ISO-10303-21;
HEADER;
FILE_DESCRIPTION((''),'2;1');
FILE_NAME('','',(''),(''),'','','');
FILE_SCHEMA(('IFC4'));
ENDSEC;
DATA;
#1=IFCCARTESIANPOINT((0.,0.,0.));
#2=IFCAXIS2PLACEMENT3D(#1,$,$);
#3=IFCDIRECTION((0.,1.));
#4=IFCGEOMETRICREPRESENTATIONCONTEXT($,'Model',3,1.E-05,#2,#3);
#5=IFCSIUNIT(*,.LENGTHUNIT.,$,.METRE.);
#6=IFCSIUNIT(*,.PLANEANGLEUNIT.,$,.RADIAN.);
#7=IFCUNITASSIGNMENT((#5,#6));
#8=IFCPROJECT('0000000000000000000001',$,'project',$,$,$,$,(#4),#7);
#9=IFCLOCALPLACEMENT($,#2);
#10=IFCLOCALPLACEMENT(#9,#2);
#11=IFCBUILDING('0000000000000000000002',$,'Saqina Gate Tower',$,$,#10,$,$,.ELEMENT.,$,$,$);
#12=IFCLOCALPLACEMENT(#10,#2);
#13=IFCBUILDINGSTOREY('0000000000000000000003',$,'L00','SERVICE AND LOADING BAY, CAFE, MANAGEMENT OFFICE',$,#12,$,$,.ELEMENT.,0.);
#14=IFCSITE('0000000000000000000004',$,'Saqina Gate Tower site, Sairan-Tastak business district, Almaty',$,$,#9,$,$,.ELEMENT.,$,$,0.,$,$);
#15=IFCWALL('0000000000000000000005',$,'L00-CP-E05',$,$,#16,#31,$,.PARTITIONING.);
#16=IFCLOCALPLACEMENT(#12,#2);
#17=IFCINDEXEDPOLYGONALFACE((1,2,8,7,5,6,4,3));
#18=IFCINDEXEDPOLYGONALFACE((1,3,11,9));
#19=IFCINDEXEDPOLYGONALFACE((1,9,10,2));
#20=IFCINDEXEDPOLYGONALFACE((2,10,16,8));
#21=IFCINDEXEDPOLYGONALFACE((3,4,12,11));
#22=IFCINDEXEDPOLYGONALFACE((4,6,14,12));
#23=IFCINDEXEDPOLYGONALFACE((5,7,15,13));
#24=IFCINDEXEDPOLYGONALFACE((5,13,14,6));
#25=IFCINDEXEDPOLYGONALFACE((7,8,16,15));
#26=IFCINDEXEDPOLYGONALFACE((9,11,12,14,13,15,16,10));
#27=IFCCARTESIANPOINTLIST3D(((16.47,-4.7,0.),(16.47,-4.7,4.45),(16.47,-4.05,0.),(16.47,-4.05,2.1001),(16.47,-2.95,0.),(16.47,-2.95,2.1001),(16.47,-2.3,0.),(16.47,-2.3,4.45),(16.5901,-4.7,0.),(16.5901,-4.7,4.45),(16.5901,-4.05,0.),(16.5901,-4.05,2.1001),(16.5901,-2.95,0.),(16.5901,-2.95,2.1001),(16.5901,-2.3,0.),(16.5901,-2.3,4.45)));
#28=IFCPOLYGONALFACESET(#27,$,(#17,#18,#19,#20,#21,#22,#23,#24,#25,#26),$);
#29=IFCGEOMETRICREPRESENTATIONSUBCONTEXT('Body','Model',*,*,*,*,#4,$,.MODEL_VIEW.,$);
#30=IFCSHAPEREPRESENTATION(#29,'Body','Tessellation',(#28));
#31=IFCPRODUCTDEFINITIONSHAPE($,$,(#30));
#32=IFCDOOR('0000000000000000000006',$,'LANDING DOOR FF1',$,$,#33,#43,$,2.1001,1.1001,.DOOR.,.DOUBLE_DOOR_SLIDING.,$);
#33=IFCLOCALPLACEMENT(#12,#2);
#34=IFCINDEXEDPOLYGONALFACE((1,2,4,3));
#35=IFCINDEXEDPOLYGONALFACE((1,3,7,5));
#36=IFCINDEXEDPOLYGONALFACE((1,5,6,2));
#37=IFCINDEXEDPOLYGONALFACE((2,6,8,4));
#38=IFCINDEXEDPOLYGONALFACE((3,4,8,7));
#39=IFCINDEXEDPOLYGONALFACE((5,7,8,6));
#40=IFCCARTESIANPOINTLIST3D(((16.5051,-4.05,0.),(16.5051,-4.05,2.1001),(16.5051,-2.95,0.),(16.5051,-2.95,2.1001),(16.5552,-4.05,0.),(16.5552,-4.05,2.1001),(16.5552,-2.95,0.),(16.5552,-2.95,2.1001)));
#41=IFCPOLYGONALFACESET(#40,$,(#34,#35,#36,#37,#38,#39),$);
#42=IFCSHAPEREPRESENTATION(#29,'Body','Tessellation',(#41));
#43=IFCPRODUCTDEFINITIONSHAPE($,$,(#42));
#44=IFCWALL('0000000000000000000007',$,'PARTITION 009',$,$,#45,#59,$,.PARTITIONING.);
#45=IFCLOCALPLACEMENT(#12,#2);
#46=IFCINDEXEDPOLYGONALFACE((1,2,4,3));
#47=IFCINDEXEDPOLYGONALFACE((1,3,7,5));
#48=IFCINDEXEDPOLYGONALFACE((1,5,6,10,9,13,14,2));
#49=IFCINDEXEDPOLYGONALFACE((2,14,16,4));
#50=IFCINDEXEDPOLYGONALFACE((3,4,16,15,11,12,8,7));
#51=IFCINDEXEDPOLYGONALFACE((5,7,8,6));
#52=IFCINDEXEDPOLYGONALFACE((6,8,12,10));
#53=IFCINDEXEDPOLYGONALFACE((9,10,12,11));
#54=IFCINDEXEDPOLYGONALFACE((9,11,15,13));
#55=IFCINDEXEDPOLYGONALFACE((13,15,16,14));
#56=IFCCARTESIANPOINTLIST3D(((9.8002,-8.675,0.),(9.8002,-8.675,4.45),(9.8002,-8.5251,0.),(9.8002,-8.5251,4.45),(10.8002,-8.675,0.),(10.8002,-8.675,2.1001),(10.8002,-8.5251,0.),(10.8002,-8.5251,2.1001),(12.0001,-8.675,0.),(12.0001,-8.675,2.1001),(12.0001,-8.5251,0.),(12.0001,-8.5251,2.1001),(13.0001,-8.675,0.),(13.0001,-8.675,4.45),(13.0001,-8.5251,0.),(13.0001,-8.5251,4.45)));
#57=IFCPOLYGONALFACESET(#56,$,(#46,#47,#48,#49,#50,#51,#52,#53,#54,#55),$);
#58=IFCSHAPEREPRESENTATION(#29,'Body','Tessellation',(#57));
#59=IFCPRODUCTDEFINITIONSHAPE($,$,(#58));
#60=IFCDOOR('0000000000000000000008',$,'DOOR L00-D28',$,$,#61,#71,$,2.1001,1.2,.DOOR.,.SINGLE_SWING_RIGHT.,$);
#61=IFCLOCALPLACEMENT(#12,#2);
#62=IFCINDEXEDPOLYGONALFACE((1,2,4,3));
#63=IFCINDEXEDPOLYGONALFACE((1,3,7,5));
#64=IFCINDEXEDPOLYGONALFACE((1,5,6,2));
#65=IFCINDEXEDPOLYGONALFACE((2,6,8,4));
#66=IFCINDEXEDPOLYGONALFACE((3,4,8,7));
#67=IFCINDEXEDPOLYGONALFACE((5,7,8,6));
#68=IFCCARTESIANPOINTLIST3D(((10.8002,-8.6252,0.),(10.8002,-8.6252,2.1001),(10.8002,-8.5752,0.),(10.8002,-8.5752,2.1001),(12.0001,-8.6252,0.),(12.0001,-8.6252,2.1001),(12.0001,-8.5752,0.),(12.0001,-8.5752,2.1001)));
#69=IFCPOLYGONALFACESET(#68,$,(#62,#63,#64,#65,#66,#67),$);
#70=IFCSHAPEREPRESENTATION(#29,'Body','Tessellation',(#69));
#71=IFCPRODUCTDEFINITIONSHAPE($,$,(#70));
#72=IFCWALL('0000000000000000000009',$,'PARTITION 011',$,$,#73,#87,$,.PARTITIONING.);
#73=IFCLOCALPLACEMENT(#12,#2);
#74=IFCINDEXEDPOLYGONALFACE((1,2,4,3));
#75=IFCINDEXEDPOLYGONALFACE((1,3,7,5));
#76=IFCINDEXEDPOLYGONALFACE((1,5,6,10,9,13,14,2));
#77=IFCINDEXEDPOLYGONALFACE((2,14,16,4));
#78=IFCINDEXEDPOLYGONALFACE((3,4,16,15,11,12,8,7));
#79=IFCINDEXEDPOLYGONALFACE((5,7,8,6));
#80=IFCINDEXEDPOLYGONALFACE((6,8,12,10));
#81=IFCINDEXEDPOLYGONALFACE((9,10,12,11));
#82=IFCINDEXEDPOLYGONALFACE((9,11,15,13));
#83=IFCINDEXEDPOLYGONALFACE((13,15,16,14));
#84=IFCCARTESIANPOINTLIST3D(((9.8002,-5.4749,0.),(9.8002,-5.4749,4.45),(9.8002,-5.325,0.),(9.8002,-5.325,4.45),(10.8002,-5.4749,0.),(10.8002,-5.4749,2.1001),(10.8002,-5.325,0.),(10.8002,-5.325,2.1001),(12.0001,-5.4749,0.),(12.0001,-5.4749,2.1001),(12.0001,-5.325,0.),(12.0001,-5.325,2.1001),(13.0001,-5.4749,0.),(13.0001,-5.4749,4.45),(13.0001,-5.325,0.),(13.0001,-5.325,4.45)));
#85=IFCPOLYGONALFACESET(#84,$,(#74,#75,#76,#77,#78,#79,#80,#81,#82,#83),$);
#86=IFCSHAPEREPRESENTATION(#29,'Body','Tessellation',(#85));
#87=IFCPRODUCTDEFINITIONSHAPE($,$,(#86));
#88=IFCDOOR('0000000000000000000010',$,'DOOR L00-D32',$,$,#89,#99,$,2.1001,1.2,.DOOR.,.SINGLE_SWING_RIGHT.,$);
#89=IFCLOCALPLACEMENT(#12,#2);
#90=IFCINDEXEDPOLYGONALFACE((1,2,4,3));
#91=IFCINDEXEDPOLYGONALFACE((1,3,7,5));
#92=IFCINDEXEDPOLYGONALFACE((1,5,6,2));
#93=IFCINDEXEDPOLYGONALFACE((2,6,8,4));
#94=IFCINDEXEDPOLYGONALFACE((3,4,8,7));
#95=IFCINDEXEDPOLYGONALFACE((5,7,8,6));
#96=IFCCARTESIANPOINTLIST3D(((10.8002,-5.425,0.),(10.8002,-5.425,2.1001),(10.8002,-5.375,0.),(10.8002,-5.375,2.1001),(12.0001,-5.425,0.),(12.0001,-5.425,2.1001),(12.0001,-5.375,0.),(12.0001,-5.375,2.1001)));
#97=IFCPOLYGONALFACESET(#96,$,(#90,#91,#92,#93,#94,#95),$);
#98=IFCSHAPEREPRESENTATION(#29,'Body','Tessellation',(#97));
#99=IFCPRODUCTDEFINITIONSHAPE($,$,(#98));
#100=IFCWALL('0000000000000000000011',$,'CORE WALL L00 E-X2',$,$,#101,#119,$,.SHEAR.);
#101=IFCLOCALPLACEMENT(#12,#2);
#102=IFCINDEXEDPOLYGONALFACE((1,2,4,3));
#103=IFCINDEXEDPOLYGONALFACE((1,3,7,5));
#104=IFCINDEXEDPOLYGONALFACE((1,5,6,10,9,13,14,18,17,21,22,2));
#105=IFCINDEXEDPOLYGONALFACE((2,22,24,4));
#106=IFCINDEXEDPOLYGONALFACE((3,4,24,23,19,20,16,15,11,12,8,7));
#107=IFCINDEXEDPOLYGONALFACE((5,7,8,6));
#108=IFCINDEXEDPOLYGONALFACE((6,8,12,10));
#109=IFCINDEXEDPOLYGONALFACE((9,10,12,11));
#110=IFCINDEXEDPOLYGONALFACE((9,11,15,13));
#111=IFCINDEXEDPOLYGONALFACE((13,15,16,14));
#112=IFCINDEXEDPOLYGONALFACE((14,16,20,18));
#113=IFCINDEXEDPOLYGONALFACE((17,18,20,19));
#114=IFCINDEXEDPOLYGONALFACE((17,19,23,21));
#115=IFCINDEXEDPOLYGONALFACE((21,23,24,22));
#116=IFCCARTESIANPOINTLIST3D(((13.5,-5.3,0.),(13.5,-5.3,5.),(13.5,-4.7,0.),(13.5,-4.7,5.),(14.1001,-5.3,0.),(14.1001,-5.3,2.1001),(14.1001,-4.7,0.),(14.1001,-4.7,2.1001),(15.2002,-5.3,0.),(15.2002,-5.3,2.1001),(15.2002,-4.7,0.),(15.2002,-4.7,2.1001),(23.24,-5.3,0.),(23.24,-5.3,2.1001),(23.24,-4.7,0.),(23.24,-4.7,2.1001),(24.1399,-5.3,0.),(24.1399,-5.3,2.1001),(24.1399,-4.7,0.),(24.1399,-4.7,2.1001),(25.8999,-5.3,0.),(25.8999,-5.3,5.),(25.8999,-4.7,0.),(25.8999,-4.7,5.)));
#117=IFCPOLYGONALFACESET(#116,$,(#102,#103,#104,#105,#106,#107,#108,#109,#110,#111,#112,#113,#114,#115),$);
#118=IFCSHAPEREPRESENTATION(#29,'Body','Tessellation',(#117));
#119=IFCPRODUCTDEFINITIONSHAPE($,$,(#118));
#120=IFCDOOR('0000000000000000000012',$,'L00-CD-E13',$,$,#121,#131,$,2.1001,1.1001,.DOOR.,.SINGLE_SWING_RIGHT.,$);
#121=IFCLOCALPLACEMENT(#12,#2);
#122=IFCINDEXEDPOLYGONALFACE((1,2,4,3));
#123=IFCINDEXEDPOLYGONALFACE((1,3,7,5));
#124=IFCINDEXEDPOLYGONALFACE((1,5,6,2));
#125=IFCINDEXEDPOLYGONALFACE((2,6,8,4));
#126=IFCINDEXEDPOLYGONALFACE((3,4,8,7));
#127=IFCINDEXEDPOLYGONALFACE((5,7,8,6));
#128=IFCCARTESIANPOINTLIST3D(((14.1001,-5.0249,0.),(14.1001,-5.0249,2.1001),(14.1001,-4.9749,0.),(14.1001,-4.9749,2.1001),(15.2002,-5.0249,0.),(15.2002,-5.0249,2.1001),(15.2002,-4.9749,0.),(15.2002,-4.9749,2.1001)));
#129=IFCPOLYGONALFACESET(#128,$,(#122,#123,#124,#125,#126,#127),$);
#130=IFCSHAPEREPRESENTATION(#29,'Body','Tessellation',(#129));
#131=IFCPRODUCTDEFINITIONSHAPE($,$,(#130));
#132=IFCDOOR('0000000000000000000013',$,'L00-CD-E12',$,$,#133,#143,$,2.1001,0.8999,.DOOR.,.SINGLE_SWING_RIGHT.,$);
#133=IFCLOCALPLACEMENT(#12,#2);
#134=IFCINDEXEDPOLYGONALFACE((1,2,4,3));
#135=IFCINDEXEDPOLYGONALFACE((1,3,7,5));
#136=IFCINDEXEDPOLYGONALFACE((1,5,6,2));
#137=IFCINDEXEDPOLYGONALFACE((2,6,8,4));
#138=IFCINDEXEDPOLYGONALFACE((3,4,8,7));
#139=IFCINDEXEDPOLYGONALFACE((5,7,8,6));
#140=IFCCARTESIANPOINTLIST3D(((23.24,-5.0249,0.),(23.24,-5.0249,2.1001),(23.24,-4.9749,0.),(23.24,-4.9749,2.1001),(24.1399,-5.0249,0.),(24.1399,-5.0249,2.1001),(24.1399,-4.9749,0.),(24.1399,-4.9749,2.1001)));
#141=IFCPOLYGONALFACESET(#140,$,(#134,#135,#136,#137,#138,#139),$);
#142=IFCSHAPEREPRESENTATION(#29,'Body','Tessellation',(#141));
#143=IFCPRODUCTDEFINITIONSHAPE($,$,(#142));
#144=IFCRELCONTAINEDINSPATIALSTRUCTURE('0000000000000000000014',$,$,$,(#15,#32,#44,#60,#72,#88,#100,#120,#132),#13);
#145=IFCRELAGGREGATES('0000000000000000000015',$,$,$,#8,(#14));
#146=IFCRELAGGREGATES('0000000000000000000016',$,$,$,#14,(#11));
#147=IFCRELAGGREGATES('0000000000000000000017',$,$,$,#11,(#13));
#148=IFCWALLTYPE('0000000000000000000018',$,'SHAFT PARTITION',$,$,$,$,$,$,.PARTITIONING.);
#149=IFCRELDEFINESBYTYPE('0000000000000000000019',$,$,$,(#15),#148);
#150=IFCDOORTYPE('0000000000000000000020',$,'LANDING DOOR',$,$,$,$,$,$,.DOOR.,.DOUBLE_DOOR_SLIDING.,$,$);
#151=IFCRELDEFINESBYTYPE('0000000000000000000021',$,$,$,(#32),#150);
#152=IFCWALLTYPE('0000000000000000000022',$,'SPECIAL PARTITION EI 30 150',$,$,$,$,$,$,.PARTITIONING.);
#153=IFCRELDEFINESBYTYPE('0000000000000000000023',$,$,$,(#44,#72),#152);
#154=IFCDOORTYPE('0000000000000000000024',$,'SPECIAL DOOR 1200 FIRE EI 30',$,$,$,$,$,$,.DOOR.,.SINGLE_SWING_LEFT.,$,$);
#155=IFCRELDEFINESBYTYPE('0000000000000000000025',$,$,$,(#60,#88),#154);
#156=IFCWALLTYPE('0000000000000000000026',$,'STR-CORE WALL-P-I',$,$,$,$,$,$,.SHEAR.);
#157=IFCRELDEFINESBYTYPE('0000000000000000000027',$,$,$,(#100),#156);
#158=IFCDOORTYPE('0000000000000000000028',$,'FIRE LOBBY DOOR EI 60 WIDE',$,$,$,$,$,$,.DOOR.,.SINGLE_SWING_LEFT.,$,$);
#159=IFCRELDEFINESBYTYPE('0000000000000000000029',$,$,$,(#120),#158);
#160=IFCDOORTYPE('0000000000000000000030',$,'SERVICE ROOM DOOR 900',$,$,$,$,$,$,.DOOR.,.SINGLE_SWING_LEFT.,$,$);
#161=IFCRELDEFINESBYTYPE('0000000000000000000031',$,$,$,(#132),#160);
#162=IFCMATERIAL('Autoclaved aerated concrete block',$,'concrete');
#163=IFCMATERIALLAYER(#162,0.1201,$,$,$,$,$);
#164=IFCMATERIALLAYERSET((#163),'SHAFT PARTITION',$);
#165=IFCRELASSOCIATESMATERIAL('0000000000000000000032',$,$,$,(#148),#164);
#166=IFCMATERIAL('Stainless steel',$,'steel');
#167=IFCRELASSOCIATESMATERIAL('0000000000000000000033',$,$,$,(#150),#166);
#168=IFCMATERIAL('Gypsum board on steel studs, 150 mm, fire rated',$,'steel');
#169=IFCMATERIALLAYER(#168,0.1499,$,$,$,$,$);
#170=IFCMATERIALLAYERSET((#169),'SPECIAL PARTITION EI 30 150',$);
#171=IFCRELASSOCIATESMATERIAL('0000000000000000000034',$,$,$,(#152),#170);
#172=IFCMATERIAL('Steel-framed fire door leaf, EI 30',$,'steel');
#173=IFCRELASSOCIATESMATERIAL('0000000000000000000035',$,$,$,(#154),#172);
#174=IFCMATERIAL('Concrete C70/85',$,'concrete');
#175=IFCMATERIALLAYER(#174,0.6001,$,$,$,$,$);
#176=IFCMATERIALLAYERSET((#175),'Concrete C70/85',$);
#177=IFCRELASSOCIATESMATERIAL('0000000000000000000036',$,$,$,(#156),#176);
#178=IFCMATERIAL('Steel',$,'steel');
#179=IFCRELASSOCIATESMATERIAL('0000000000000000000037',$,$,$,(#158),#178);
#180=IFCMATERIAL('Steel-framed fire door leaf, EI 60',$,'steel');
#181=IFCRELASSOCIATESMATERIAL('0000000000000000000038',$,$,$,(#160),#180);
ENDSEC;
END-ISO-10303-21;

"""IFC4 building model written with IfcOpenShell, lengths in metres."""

from ifc_helpers import new_model, si_unit, direction, frame, frame_2d, origin, place, context, subcontext, project, spatial, rectangle, extrude, material, layer, layer_set, type_object, element, fill, save


model = new_model("IFC4")

# Units and contexts
model_context = context("Model", 3, precision=1e-05, world=origin(), true_north=direction((0.0, 1.0)))
body_context = subcontext(model_context, "Body", "Model", "MODEL_VIEW")
ifc_project = project(units=[si_unit("LENGTHUNIT", "METRE"), si_unit("PLANEANGLEUNIT", "RADIAN")], contexts=[model_context])

# Site, building, storey
site_placement = place(None, origin())
site = spatial("IfcSite", under=ifc_project, at=site_placement, Name="Saqina Gate Tower site, Sairan-Tastak business district, Almaty", CompositionType="ELEMENT", RefElevation=0.0)
building_placement = place(site_placement, origin())
building = spatial("IfcBuilding", under=site, at=building_placement, Name="Saqina Gate Tower", CompositionType="ELEMENT")
storey_placement = place(building_placement, origin())
storey = spatial("IfcBuildingStorey", under=building, at=storey_placement, Name="L00", Description="SERVICE AND LOADING BAY, CAFE, MANAGEMENT OFFICE", CompositionType="ELEMENT", Elevation=0.0)

# Walls, openings, doors
ifc_material_1 = material(Name="Autoclaved aerated concrete block", Category="concrete")
ifc_layer_1 = layer(ifc_material_1, 0.1201)
ifc_layer_set_1 = layer_set([ifc_layer_1], Name="SHAFT PARTITION")
wall_type_1 = type_object("IfcWallType", Name="SHAFT PARTITION", PredefinedType="PARTITIONING", material=ifc_layer_set_1)
wall_1_placement = place(storey_placement, frame((16.53, -4.7, 0.0), z_axis=(0.0, 0.0, 1.0), x_axis=(0.0, 1.0, 0.0)))
wall_1 = element("IfcWall", 1, at=wall_1_placement, inside=storey, type_object=wall_type_1, Name="L00-CP-E05", PredefinedType="PARTITIONING", context=body_context, shape_type="SweptSolid", body=[
    extrude(rectangle(XDim=2.3999, YDim=0.1201, at=frame_2d((1.2, 0.0))), origin(), (0.0, 0.0, 1.0), 4.45),
])
opening_1_placement = place(wall_1_placement, frame((0.6499, 0.0, 0.0)))
opening_1 = element("IfcOpeningElement", 2, at=opening_1_placement, cuts=wall_1, PredefinedType="OPENING", context=body_context, shape_type="SweptSolid", body=[
    extrude(rectangle(XDim=1.1001, YDim=2.1001, at=frame_2d((0.55, 1.05))), frame((0.0, 0.072, 0.0), z_axis=(0.0, -1.0, 0.0), x_axis=(1.0, 0.0, 0.0)), (0.0, 0.0, 1.0), 0.144),
])
ifc_material_2 = material(Name="Stainless steel", Category="steel")
door_type_1 = type_object("IfcDoorType", Name="LANDING DOOR", OperationType="DOUBLE_DOOR_SLIDING", PredefinedType="DOOR", material=ifc_material_2)
door_1_placement = place(opening_1_placement, origin())
door_1 = element("IfcDoor", 3, at=door_1_placement, inside=storey, type_object=door_type_1, Name="LANDING DOOR FF1", OperationType="DOUBLE_DOOR_SLIDING", OverallHeight=2.1001, OverallWidth=1.1001, PredefinedType="DOOR", context=body_context, shape_type="SweptSolid", body=[
    extrude(rectangle(XDim=1.1001, YDim=2.1001, at=frame_2d((0.55, 1.05))), frame((0.0, 0.0249, 0.0), z_axis=(0.0, -1.0, 0.0), x_axis=(1.0, 0.0, 0.0)), (0.0, 0.0, 1.0), 0.05),
])
fill(opening_1, door_1)
ifc_material_3 = material(Name="Gypsum board on steel studs, 150 mm, fire rated", Category="steel")
ifc_layer_2 = layer(ifc_material_3, 0.1499)
ifc_layer_set_2 = layer_set([ifc_layer_2], Name="SPECIAL PARTITION EI 30 150")
wall_type_2 = type_object("IfcWallType", Name="SPECIAL PARTITION EI 30 150", PredefinedType="PARTITIONING", material=ifc_layer_set_2)
wall_2_placement = place(storey_placement, frame((9.8, -8.6001, 0.0), z_axis=(0.0, 0.0, 1.0), x_axis=(1.0, 0.0, 0.0)))
wall_2 = element("IfcWall", 4, at=wall_2_placement, inside=storey, type_object=wall_type_2, Name="PARTITION 009", PredefinedType="PARTITIONING", context=body_context, shape_type="SweptSolid", body=[
    extrude(rectangle(XDim=3.2, YDim=0.1499, at=frame_2d((1.6001, 0.0))), origin(), (0.0, 0.0, 1.0), 4.45),
])
opening_2_placement = place(wall_2_placement, frame((1.0, 0.0, 0.0)))
opening_2 = element("IfcOpeningElement", 5, at=opening_2_placement, cuts=wall_2, PredefinedType="OPENING", context=body_context, shape_type="SweptSolid", body=[
    extrude(rectangle(XDim=1.2, YDim=2.1001, at=frame_2d((0.6001, 1.05))), frame((0.0, 0.0869, 0.0), z_axis=(0.0, -1.0, 0.0), x_axis=(1.0, 0.0, 0.0)), (0.0, 0.0, 1.0), 0.1738),
])
ifc_material_4 = material(Name="Steel-framed fire door leaf, EI 30", Category="steel")
door_type_2 = type_object("IfcDoorType", Name="SPECIAL DOOR 1200 FIRE EI 30", OperationType="SINGLE_SWING_LEFT", PredefinedType="DOOR", material=ifc_material_4)
door_2_placement = place(opening_2_placement, origin())
door_2 = element("IfcDoor", 6, at=door_2_placement, inside=storey, type_object=door_type_2, Name="DOOR L00-D28", OperationType="SINGLE_SWING_RIGHT", OverallHeight=2.1001, OverallWidth=1.2, PredefinedType="DOOR", context=body_context, shape_type="SweptSolid", body=[
    extrude(rectangle(XDim=1.2, YDim=2.1001, at=frame_2d((0.6001, 1.05))), frame((0.0, 0.0249, 0.0), z_axis=(0.0, -1.0, 0.0), x_axis=(1.0, 0.0, 0.0)), (0.0, 0.0, 1.0), 0.05),
])
fill(opening_2, door_2)
wall_3_placement = place(storey_placement, frame((9.8, -5.3999, 0.0), z_axis=(0.0, 0.0, 1.0), x_axis=(1.0, 0.0, 0.0)))
wall_3 = element("IfcWall", 7, at=wall_3_placement, inside=storey, type_object=wall_type_2, Name="PARTITION 011", PredefinedType="PARTITIONING", context=body_context, shape_type="SweptSolid", body=[
    extrude(rectangle(XDim=3.2, YDim=0.1499, at=frame_2d((1.6001, 0.0))), origin(), (0.0, 0.0, 1.0), 4.45),
])
opening_3_placement = place(wall_3_placement, frame((1.0, 0.0, 0.0)))
opening_3 = element("IfcOpeningElement", 8, at=opening_3_placement, cuts=wall_3, PredefinedType="OPENING", context=body_context, shape_type="SweptSolid", body=[
    extrude(rectangle(XDim=1.2, YDim=2.1001, at=frame_2d((0.6001, 1.05))), frame((0.0, 0.0869, 0.0), z_axis=(0.0, -1.0, 0.0), x_axis=(1.0, 0.0, 0.0)), (0.0, 0.0, 1.0), 0.1738),
])
door_3_placement = place(opening_3_placement, origin())
door_3 = element("IfcDoor", 9, at=door_3_placement, inside=storey, type_object=door_type_2, Name="DOOR L00-D32", OperationType="SINGLE_SWING_RIGHT", OverallHeight=2.1001, OverallWidth=1.2, PredefinedType="DOOR", context=body_context, shape_type="SweptSolid", body=[
    extrude(rectangle(XDim=1.2, YDim=2.1001, at=frame_2d((0.6001, 1.05))), frame((0.0, 0.0249, 0.0), z_axis=(0.0, -1.0, 0.0), x_axis=(1.0, 0.0, 0.0)), (0.0, 0.0, 1.0), 0.05),
])
fill(opening_3, door_3)

# Wall, openings, doors
ifc_material_5 = material(Name="Concrete C70/85", Category="concrete")
ifc_layer_3 = layer(ifc_material_5, 0.6001)
ifc_layer_set_3 = layer_set([ifc_layer_3], Name="Concrete C70/85")
wall_type_3 = type_object("IfcWallType", Name="STR-CORE WALL-P-I", PredefinedType="SHEAR", material=ifc_layer_set_3)
wall_4_placement = place(storey_placement, frame((13.5, -5.0, 0.0), z_axis=(0.0, 0.0, 1.0), x_axis=(1.0, 0.0, 0.0)))
wall_4 = element("IfcWall", 10, at=wall_4_placement, inside=storey, type_object=wall_type_3, Name="CORE WALL L00 E-X2", PredefinedType="SHEAR", context=body_context, shape_type="SweptSolid", body=[
    extrude(rectangle(XDim=12.3999, YDim=0.6001, at=frame_2d((6.2, 0.0))), origin(), (0.0, 0.0, 1.0), 5.0),
])
opening_4_placement = place(wall_4_placement, frame((9.74, 0.0, 0.0)))
opening_4 = element("IfcOpeningElement", 11, at=opening_4_placement, cuts=wall_4, PredefinedType="OPENING", context=body_context, shape_type="SweptSolid", body=[
    extrude(rectangle(XDim=0.8999, YDim=2.1001, at=frame_2d((0.45, 1.05))), frame((0.0, 0.312, 0.0), z_axis=(0.0, -1.0, 0.0), x_axis=(1.0, 0.0, 0.0)), (0.0, 0.0, 1.0), 0.624),
])
opening_5_placement = place(wall_4_placement, frame((0.6001, 0.0, 0.0)))
opening_5 = element("IfcOpeningElement", 12, at=opening_5_placement, cuts=wall_4, PredefinedType="OPENING", context=body_context, shape_type="SweptSolid", body=[
    extrude(rectangle(XDim=1.1001, YDim=2.1001, at=frame_2d((0.55, 1.05))), frame((0.0, 0.312, 0.0), z_axis=(0.0, -1.0, 0.0), x_axis=(1.0, 0.0, 0.0)), (0.0, 0.0, 1.0), 0.624),
])
ifc_material_6 = material(Name="Steel", Category="steel")
door_type_3 = type_object("IfcDoorType", Name="FIRE LOBBY DOOR EI 60 WIDE", OperationType="SINGLE_SWING_LEFT", PredefinedType="DOOR", material=ifc_material_6)
door_4_placement = place(opening_5_placement, frame((1.1001, 0.0, 0.0), z_axis=(0.0, 0.0, 1.0), x_axis=(-1.0, 0.0, 0.0)))
door_4 = element("IfcDoor", 13, at=door_4_placement, inside=storey, type_object=door_type_3, Name="L00-CD-E13", OperationType="SINGLE_SWING_RIGHT", OverallHeight=2.1001, OverallWidth=1.1001, PredefinedType="DOOR", context=body_context, shape_type="SweptSolid", body=[
    extrude(rectangle(XDim=1.1001, YDim=2.1001, at=frame_2d((0.55, 1.05))), frame((0.0, 0.0249, 0.0), z_axis=(0.0, -1.0, 0.0), x_axis=(1.0, 0.0, 0.0)), (0.0, 0.0, 1.0), 0.05),
])
fill(opening_5, door_4)
ifc_material_7 = material(Name="Steel-framed fire door leaf, EI 60", Category="steel")
door_type_4 = type_object("IfcDoorType", Name="SERVICE ROOM DOOR 900", OperationType="SINGLE_SWING_LEFT", PredefinedType="DOOR", material=ifc_material_7)
door_5_placement = place(opening_4_placement, frame((0.8999, 0.0, 0.0), z_axis=(0.0, 0.0, 1.0), x_axis=(-1.0, 0.0, 0.0)))
door_5 = element("IfcDoor", 14, at=door_5_placement, inside=storey, type_object=door_type_4, Name="L00-CD-E12", OperationType="SINGLE_SWING_RIGHT", OverallHeight=2.1001, OverallWidth=0.8999, PredefinedType="DOOR", context=body_context, shape_type="SweptSolid", body=[
    extrude(rectangle(XDim=0.8999, YDim=2.1001, at=frame_2d((0.45, 1.05))), frame((0.0, 0.0249, 0.0), z_axis=(0.0, -1.0, 0.0), x_axis=(1.0, 0.0, 0.0)), (0.0, 0.0, 1.0), 0.05),
])
fill(opening_4, door_5)

save(model, "model.ifc")
